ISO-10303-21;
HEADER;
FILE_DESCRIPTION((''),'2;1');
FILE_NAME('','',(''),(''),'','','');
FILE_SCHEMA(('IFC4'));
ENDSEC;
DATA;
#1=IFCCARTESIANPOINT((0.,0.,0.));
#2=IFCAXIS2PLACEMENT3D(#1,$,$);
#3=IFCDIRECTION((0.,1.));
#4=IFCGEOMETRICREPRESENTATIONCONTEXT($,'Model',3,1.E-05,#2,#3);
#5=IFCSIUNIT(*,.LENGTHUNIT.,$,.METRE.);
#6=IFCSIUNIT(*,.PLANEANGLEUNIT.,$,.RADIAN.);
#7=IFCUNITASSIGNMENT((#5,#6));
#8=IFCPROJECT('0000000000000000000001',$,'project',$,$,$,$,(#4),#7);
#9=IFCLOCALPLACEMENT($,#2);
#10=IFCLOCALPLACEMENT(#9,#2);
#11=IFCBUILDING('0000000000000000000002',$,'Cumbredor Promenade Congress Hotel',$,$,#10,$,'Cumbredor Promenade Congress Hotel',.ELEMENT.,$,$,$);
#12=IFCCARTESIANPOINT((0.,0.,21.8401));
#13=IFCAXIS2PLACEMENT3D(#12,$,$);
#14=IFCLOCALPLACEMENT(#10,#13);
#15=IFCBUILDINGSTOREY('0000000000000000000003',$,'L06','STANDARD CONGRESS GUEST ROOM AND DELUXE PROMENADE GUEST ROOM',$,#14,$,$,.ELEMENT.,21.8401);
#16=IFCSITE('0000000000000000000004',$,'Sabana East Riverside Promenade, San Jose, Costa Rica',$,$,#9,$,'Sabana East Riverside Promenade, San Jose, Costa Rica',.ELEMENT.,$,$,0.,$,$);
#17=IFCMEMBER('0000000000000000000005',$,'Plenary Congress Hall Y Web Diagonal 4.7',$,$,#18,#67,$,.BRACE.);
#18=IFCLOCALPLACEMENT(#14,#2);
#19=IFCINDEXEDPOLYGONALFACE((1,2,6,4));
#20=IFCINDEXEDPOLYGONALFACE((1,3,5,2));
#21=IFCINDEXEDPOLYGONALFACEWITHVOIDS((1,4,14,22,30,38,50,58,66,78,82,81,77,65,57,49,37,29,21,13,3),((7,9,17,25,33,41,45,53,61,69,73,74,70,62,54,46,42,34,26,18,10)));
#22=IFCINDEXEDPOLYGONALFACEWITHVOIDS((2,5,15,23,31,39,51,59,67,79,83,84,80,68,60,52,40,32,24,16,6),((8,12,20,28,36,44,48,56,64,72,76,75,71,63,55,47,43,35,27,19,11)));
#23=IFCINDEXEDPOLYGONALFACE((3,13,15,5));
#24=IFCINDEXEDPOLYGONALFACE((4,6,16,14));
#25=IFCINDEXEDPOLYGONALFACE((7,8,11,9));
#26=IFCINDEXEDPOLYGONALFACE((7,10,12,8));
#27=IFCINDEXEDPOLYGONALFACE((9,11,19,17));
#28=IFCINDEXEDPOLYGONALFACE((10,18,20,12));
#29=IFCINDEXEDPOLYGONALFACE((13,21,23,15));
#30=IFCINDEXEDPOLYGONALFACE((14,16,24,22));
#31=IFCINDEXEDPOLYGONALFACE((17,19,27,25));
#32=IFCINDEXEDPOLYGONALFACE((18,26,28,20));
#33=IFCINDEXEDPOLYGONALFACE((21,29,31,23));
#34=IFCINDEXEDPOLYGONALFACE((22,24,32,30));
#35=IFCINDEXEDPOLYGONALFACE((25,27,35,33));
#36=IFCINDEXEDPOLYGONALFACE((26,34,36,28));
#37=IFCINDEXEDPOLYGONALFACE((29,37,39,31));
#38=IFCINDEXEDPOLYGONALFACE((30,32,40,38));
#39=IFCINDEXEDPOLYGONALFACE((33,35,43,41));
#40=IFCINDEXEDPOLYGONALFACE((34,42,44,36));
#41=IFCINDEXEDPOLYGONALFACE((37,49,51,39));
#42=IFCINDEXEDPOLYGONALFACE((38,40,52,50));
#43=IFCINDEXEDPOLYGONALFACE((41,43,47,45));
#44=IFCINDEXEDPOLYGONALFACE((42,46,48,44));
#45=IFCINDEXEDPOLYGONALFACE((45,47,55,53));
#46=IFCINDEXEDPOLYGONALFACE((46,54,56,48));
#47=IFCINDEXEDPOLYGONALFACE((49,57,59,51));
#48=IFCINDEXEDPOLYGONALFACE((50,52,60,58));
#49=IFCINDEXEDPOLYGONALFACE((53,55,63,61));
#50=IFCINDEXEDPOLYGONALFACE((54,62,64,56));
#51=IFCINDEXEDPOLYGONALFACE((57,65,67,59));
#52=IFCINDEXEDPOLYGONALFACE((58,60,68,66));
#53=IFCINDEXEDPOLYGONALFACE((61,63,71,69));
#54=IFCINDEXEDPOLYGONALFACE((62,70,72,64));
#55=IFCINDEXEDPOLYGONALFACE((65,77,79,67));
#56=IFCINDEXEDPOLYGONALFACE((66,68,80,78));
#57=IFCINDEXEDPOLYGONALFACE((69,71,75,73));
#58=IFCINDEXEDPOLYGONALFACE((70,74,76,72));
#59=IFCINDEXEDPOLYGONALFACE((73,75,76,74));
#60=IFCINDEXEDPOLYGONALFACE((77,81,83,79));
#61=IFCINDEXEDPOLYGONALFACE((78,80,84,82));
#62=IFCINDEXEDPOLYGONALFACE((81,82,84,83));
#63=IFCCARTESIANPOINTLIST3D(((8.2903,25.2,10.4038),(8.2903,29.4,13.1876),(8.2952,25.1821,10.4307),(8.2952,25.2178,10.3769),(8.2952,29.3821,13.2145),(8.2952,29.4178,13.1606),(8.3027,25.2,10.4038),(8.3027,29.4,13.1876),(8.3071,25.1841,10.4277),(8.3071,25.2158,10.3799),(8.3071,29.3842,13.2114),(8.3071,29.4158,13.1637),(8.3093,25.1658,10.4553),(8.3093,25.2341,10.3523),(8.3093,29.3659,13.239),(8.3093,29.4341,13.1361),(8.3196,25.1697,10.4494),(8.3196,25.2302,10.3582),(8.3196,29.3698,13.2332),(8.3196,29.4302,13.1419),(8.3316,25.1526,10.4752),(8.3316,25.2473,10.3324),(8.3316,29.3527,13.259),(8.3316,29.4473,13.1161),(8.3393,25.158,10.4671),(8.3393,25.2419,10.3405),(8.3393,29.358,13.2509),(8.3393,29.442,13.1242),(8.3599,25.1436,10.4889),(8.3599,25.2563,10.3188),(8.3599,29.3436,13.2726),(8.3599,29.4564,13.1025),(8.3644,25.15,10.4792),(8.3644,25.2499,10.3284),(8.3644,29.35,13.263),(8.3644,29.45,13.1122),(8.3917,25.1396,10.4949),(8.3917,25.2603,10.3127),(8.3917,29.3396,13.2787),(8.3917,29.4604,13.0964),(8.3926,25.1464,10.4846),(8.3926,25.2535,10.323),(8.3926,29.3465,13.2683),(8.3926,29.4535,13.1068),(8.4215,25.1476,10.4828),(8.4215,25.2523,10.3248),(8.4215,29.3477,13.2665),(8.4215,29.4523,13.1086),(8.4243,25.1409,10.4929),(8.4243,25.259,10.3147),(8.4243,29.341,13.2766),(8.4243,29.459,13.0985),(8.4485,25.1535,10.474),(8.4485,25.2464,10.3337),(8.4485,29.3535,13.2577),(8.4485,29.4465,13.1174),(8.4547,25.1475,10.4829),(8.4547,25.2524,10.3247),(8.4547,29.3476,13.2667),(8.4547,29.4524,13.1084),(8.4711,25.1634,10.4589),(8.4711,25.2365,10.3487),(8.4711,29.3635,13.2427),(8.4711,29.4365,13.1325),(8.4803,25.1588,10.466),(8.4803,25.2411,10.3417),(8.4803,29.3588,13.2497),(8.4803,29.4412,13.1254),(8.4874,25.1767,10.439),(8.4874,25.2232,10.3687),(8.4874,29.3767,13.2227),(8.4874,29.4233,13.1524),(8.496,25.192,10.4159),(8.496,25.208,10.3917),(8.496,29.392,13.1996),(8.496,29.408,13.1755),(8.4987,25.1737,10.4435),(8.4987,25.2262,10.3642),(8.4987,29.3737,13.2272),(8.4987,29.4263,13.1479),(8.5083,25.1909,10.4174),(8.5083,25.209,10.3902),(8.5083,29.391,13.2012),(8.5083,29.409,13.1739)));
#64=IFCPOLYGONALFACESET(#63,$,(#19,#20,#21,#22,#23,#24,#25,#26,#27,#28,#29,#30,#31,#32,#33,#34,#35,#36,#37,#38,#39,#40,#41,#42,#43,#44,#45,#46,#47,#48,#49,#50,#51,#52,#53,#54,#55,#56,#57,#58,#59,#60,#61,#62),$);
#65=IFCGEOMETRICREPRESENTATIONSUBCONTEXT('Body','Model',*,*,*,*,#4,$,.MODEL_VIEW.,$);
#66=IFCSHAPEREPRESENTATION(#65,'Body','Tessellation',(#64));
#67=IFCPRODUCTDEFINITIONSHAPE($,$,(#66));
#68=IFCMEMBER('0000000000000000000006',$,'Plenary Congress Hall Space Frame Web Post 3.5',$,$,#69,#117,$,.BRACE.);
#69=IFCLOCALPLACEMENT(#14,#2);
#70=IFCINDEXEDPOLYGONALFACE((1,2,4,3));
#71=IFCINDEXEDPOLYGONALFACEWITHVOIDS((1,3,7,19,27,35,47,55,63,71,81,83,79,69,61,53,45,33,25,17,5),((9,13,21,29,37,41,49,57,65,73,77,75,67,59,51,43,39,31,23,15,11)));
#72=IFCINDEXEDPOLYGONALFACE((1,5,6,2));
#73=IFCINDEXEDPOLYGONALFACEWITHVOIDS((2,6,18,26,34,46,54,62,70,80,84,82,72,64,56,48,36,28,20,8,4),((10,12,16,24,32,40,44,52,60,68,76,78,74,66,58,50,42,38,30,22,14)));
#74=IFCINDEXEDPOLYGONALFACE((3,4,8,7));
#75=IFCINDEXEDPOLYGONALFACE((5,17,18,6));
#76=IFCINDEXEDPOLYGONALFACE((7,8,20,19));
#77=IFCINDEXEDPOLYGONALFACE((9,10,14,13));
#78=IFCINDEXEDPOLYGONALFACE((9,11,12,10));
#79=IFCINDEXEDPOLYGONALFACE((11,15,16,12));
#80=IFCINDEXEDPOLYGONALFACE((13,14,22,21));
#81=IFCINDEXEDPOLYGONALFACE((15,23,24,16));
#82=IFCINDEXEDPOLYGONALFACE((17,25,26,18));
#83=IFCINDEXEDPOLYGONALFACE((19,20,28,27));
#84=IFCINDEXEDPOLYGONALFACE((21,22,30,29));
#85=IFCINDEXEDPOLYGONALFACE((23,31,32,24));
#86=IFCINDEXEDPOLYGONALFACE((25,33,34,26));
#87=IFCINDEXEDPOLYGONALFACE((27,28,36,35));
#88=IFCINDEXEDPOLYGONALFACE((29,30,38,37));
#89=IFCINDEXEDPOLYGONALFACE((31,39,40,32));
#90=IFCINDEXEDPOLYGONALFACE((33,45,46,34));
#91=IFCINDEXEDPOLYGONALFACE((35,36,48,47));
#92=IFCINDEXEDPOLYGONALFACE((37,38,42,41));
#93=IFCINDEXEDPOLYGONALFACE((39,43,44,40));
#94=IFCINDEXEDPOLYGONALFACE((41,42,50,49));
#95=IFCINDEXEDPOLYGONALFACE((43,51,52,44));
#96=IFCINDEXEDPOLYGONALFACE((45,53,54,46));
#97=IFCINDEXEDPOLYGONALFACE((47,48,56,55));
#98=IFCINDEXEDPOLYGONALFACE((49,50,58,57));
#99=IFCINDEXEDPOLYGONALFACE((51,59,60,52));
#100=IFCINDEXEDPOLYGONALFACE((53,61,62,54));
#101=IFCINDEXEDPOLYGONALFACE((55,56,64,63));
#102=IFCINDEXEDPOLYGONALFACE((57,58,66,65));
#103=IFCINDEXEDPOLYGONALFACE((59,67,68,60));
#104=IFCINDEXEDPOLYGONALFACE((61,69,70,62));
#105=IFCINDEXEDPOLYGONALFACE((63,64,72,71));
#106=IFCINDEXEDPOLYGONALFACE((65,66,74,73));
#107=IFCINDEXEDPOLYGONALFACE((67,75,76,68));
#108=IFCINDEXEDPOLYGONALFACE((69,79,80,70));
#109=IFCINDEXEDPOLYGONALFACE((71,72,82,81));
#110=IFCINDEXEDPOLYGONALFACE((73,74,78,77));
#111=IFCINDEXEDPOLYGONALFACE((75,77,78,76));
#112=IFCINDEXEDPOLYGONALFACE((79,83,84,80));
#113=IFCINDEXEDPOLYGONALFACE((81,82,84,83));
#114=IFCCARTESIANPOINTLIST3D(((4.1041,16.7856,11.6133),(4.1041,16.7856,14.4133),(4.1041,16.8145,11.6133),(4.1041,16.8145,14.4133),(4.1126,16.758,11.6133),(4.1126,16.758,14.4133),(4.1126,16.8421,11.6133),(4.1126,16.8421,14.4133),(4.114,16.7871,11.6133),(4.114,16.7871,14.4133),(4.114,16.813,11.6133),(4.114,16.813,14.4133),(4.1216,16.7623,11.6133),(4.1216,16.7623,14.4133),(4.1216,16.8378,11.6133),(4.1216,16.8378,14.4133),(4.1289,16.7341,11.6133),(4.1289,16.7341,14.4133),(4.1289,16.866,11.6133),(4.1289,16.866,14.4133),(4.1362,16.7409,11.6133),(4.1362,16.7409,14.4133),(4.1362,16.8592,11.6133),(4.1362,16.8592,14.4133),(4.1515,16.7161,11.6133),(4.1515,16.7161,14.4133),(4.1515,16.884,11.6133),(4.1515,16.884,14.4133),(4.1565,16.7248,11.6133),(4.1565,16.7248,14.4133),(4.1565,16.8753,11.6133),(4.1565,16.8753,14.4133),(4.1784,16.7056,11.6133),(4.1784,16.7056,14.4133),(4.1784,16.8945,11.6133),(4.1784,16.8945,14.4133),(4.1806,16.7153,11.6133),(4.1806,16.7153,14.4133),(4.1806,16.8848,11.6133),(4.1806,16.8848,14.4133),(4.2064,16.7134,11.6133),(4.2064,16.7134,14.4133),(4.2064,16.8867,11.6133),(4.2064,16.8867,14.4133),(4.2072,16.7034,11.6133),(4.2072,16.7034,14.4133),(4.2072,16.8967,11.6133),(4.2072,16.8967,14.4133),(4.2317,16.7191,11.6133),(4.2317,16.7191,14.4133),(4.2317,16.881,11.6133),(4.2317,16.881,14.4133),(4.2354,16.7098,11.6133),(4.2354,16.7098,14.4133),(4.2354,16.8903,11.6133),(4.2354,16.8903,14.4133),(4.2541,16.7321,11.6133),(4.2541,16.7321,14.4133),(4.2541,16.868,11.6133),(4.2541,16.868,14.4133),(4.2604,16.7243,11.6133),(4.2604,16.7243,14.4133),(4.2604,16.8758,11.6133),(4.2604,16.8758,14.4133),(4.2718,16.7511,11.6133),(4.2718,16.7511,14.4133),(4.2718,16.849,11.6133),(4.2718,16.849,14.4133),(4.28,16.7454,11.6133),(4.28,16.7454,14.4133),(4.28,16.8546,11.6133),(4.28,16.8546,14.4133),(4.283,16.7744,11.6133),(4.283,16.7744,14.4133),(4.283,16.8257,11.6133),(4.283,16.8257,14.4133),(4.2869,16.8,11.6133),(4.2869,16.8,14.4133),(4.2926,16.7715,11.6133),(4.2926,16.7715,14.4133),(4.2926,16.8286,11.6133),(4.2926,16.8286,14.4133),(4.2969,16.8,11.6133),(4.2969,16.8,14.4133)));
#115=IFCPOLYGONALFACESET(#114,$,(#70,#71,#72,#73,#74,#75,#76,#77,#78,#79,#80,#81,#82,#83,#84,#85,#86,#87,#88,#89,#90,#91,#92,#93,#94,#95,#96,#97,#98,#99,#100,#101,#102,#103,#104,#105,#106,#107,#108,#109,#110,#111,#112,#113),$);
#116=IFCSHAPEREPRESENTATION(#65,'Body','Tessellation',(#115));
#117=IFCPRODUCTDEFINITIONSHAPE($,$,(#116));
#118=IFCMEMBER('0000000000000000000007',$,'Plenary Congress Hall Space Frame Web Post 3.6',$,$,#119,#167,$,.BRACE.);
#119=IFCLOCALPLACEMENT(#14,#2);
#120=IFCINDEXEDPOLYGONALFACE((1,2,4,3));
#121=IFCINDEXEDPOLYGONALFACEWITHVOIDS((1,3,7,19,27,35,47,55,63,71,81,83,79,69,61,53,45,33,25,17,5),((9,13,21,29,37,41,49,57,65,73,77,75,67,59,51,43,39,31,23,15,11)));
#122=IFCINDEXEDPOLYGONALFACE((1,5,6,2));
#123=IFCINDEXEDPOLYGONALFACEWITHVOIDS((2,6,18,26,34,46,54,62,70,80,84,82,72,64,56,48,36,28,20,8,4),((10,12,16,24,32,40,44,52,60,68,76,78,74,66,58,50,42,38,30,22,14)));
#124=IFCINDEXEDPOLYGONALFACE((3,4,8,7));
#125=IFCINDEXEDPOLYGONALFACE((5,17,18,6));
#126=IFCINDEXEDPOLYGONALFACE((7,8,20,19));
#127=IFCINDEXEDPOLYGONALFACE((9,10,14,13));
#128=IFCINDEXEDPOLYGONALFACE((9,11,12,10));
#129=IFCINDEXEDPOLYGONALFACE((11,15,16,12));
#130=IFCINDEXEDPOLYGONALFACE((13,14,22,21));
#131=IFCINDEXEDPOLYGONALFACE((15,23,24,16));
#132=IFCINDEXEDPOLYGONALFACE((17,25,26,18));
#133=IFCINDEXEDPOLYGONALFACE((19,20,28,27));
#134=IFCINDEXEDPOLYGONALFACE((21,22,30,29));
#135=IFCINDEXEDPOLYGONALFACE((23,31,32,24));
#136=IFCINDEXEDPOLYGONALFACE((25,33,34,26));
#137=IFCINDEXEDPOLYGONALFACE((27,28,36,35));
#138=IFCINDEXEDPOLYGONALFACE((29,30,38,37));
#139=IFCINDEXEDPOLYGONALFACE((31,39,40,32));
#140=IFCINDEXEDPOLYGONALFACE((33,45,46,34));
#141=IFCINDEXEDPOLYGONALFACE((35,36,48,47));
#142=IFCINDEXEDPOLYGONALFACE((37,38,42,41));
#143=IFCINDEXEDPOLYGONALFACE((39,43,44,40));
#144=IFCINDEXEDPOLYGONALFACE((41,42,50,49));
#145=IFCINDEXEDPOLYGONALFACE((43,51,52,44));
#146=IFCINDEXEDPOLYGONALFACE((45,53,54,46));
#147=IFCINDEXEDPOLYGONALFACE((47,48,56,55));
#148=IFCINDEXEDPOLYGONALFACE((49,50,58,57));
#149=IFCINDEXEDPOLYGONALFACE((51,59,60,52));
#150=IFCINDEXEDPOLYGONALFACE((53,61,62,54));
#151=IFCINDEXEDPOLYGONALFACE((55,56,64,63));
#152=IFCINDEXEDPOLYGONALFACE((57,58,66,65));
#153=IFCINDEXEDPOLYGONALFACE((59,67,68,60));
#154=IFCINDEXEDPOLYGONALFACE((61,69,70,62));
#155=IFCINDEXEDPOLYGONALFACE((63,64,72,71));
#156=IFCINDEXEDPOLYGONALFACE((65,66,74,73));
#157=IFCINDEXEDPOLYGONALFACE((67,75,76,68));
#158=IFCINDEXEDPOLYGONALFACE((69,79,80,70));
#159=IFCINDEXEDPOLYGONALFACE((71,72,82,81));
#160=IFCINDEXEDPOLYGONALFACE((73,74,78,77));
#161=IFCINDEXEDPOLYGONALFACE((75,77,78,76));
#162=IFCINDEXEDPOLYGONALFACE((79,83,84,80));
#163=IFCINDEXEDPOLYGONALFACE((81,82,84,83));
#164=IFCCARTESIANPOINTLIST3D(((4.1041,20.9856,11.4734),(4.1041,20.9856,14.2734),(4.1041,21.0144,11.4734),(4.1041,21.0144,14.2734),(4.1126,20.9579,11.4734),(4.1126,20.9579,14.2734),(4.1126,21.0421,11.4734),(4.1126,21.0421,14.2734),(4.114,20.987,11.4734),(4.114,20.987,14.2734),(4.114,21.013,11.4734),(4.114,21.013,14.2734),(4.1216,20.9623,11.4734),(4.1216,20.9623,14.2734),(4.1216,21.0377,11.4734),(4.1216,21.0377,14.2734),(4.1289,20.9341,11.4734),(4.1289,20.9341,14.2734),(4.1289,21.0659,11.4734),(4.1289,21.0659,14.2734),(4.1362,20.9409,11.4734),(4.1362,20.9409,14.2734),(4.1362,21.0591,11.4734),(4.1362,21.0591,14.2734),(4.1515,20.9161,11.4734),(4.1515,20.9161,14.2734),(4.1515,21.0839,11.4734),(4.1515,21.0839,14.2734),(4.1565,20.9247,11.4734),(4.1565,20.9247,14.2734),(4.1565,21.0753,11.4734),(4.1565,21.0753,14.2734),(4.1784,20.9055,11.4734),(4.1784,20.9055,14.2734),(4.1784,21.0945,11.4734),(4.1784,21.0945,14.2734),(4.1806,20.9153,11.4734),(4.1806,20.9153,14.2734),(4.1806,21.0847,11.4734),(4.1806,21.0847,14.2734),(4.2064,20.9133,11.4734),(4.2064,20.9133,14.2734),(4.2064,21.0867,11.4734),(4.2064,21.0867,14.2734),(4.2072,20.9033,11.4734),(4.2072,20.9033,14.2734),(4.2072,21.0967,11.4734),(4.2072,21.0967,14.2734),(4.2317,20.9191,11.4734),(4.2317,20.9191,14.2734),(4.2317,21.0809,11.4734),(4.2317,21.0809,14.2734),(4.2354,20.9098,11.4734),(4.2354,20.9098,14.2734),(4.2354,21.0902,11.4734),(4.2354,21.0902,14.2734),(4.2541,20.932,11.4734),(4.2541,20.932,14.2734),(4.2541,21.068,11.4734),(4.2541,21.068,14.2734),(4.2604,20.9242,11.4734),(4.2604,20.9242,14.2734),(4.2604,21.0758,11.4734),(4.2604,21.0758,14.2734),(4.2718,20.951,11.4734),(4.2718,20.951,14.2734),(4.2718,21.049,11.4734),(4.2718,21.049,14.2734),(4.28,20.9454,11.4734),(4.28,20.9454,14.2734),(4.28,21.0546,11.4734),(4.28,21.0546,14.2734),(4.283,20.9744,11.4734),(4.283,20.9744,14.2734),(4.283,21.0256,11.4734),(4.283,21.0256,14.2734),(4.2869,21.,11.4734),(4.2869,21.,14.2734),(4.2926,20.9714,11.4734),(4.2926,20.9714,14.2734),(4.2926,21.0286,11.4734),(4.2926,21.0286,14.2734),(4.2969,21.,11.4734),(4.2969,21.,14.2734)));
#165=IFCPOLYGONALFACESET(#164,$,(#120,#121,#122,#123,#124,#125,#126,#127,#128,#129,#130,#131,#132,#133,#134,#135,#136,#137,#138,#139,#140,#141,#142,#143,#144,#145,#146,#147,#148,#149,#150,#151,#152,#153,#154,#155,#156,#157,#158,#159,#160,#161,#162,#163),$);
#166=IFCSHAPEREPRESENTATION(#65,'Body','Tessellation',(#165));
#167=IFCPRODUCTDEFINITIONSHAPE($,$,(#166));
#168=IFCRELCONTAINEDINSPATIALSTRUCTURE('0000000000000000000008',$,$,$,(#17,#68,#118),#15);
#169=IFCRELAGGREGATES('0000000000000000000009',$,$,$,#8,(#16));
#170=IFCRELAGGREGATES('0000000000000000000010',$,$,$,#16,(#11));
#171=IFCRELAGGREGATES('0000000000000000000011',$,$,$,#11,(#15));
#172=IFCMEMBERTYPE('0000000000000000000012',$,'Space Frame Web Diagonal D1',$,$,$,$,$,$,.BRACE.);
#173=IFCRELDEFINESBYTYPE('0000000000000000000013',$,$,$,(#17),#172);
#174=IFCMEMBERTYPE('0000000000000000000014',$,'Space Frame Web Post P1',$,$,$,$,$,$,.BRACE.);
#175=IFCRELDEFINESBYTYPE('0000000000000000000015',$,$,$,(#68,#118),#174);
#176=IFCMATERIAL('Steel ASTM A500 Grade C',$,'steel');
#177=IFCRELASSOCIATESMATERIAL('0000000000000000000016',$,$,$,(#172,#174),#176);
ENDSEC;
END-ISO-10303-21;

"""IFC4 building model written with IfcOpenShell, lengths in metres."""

from ifc_helpers import new_model, si_unit, direction, frame, origin, origin_2d, place, context, subcontext, project, spatial, hollow_circle, extrude, material, material_profile, profile_set, type_object, element, save


model = new_model("IFC4")

# Units and contexts
model_context = context("Model", 3, precision=1e-05, world=origin(), true_north=direction((0.0, 1.0)))
body_context = subcontext(model_context, "Body", "Model", "MODEL_VIEW")
ifc_project = project(units=[si_unit("LENGTHUNIT", "METRE"), si_unit("PLANEANGLEUNIT", "RADIAN")], contexts=[model_context])

# Site, building, storey
site_placement = place(None, origin())
site = spatial("IfcSite", under=ifc_project, at=site_placement, Name="Sabana East Riverside Promenade, San Jose, Costa Rica", LongName="Sabana East Riverside Promenade, San Jose, Costa Rica", CompositionType="ELEMENT", RefElevation=0.0)
building_placement = place(site_placement, origin())
building = spatial("IfcBuilding", under=site, at=building_placement, Name="Cumbredor Promenade Congress Hotel", LongName="Cumbredor Promenade Congress Hotel", CompositionType="ELEMENT")
storey_placement = place(building_placement, frame((0.0, 0.0, 21.8401)))
storey = spatial("IfcBuildingStorey", under=building, at=storey_placement, Name="L06", Description="STANDARD CONGRESS GUEST ROOM AND DELUXE PROMENADE GUEST ROOM", CompositionType="ELEMENT", Elevation=21.8401)

# Members
ifc_material_1 = material(Name="Steel ASTM A500 Grade C", Category="steel")
ifc_material_profile_1 = material_profile(ifc_material_1, hollow_circle(Radius=0.1096, WallThickness=0.0125, at=origin_2d()), Name="CHS 219.1x12.5")
ifc_profile_set_1 = profile_set([ifc_material_profile_1], Name="Steel ASTM A500 Grade C")
member_type_1 = type_object("IfcMemberType", Name="Space Frame Web Diagonal D1", PredefinedType="BRACE", material=ifc_profile_set_1)
member_1_placement = place(storey_placement, frame((8.3999, 25.2, 10.4038), z_axis=(0.0, 0.833538, 0.552462), x_axis=(-1.0, 0.0, 0.0)))
element("IfcMember", 1, at=member_1_placement, inside=storey, type_object=member_type_1, Name="Plenary Congress Hall Y Web Diagonal 4.7", PredefinedType="BRACE", context=body_context, shape_type="SweptSolid", body=[
    extrude(hollow_circle(Radius=0.1096, WallThickness=0.0125, at=origin_2d()), origin(), (0.0, 0.0, 1.0), 5.0388),
])
ifc_material_profile_2 = material_profile(ifc_material_1, hollow_circle(Radius=0.0969, WallThickness=0.01, at=origin_2d()), Name="CHS 193.7x10")
ifc_profile_set_2 = profile_set([ifc_material_profile_2], Name="Steel ASTM A500 Grade C")
member_type_2 = type_object("IfcMemberType", Name="Space Frame Web Post P1", PredefinedType="BRACE", material=ifc_profile_set_2)
for number, where, z_axis, x_axis, name in (
    (2, (4.2, 16.8, 11.6133), (0.0, 0.0, 1.0), (1.0, 0.0, 0.0), "Plenary Congress Hall Space Frame Web Post 3.5"),
    (3, (4.2, 21.0, 11.4734), (0.0, 0.0, 1.0), (1.0, 0.0, 0.0), "Plenary Congress Hall Space Frame Web Post 3.6"),
):
    element("IfcMember", number, at=place(storey_placement, frame(where, z_axis=z_axis, x_axis=x_axis)), inside=storey, type_object=member_type_2, Name=name, PredefinedType="BRACE", context=body_context, shape_type="SweptSolid", body=[
        extrude(hollow_circle(Radius=0.0969, WallThickness=0.01, at=origin_2d()), origin(), (0.0, 0.0, 1.0), 2.8),
    ])

save(model, "model.ifc")
